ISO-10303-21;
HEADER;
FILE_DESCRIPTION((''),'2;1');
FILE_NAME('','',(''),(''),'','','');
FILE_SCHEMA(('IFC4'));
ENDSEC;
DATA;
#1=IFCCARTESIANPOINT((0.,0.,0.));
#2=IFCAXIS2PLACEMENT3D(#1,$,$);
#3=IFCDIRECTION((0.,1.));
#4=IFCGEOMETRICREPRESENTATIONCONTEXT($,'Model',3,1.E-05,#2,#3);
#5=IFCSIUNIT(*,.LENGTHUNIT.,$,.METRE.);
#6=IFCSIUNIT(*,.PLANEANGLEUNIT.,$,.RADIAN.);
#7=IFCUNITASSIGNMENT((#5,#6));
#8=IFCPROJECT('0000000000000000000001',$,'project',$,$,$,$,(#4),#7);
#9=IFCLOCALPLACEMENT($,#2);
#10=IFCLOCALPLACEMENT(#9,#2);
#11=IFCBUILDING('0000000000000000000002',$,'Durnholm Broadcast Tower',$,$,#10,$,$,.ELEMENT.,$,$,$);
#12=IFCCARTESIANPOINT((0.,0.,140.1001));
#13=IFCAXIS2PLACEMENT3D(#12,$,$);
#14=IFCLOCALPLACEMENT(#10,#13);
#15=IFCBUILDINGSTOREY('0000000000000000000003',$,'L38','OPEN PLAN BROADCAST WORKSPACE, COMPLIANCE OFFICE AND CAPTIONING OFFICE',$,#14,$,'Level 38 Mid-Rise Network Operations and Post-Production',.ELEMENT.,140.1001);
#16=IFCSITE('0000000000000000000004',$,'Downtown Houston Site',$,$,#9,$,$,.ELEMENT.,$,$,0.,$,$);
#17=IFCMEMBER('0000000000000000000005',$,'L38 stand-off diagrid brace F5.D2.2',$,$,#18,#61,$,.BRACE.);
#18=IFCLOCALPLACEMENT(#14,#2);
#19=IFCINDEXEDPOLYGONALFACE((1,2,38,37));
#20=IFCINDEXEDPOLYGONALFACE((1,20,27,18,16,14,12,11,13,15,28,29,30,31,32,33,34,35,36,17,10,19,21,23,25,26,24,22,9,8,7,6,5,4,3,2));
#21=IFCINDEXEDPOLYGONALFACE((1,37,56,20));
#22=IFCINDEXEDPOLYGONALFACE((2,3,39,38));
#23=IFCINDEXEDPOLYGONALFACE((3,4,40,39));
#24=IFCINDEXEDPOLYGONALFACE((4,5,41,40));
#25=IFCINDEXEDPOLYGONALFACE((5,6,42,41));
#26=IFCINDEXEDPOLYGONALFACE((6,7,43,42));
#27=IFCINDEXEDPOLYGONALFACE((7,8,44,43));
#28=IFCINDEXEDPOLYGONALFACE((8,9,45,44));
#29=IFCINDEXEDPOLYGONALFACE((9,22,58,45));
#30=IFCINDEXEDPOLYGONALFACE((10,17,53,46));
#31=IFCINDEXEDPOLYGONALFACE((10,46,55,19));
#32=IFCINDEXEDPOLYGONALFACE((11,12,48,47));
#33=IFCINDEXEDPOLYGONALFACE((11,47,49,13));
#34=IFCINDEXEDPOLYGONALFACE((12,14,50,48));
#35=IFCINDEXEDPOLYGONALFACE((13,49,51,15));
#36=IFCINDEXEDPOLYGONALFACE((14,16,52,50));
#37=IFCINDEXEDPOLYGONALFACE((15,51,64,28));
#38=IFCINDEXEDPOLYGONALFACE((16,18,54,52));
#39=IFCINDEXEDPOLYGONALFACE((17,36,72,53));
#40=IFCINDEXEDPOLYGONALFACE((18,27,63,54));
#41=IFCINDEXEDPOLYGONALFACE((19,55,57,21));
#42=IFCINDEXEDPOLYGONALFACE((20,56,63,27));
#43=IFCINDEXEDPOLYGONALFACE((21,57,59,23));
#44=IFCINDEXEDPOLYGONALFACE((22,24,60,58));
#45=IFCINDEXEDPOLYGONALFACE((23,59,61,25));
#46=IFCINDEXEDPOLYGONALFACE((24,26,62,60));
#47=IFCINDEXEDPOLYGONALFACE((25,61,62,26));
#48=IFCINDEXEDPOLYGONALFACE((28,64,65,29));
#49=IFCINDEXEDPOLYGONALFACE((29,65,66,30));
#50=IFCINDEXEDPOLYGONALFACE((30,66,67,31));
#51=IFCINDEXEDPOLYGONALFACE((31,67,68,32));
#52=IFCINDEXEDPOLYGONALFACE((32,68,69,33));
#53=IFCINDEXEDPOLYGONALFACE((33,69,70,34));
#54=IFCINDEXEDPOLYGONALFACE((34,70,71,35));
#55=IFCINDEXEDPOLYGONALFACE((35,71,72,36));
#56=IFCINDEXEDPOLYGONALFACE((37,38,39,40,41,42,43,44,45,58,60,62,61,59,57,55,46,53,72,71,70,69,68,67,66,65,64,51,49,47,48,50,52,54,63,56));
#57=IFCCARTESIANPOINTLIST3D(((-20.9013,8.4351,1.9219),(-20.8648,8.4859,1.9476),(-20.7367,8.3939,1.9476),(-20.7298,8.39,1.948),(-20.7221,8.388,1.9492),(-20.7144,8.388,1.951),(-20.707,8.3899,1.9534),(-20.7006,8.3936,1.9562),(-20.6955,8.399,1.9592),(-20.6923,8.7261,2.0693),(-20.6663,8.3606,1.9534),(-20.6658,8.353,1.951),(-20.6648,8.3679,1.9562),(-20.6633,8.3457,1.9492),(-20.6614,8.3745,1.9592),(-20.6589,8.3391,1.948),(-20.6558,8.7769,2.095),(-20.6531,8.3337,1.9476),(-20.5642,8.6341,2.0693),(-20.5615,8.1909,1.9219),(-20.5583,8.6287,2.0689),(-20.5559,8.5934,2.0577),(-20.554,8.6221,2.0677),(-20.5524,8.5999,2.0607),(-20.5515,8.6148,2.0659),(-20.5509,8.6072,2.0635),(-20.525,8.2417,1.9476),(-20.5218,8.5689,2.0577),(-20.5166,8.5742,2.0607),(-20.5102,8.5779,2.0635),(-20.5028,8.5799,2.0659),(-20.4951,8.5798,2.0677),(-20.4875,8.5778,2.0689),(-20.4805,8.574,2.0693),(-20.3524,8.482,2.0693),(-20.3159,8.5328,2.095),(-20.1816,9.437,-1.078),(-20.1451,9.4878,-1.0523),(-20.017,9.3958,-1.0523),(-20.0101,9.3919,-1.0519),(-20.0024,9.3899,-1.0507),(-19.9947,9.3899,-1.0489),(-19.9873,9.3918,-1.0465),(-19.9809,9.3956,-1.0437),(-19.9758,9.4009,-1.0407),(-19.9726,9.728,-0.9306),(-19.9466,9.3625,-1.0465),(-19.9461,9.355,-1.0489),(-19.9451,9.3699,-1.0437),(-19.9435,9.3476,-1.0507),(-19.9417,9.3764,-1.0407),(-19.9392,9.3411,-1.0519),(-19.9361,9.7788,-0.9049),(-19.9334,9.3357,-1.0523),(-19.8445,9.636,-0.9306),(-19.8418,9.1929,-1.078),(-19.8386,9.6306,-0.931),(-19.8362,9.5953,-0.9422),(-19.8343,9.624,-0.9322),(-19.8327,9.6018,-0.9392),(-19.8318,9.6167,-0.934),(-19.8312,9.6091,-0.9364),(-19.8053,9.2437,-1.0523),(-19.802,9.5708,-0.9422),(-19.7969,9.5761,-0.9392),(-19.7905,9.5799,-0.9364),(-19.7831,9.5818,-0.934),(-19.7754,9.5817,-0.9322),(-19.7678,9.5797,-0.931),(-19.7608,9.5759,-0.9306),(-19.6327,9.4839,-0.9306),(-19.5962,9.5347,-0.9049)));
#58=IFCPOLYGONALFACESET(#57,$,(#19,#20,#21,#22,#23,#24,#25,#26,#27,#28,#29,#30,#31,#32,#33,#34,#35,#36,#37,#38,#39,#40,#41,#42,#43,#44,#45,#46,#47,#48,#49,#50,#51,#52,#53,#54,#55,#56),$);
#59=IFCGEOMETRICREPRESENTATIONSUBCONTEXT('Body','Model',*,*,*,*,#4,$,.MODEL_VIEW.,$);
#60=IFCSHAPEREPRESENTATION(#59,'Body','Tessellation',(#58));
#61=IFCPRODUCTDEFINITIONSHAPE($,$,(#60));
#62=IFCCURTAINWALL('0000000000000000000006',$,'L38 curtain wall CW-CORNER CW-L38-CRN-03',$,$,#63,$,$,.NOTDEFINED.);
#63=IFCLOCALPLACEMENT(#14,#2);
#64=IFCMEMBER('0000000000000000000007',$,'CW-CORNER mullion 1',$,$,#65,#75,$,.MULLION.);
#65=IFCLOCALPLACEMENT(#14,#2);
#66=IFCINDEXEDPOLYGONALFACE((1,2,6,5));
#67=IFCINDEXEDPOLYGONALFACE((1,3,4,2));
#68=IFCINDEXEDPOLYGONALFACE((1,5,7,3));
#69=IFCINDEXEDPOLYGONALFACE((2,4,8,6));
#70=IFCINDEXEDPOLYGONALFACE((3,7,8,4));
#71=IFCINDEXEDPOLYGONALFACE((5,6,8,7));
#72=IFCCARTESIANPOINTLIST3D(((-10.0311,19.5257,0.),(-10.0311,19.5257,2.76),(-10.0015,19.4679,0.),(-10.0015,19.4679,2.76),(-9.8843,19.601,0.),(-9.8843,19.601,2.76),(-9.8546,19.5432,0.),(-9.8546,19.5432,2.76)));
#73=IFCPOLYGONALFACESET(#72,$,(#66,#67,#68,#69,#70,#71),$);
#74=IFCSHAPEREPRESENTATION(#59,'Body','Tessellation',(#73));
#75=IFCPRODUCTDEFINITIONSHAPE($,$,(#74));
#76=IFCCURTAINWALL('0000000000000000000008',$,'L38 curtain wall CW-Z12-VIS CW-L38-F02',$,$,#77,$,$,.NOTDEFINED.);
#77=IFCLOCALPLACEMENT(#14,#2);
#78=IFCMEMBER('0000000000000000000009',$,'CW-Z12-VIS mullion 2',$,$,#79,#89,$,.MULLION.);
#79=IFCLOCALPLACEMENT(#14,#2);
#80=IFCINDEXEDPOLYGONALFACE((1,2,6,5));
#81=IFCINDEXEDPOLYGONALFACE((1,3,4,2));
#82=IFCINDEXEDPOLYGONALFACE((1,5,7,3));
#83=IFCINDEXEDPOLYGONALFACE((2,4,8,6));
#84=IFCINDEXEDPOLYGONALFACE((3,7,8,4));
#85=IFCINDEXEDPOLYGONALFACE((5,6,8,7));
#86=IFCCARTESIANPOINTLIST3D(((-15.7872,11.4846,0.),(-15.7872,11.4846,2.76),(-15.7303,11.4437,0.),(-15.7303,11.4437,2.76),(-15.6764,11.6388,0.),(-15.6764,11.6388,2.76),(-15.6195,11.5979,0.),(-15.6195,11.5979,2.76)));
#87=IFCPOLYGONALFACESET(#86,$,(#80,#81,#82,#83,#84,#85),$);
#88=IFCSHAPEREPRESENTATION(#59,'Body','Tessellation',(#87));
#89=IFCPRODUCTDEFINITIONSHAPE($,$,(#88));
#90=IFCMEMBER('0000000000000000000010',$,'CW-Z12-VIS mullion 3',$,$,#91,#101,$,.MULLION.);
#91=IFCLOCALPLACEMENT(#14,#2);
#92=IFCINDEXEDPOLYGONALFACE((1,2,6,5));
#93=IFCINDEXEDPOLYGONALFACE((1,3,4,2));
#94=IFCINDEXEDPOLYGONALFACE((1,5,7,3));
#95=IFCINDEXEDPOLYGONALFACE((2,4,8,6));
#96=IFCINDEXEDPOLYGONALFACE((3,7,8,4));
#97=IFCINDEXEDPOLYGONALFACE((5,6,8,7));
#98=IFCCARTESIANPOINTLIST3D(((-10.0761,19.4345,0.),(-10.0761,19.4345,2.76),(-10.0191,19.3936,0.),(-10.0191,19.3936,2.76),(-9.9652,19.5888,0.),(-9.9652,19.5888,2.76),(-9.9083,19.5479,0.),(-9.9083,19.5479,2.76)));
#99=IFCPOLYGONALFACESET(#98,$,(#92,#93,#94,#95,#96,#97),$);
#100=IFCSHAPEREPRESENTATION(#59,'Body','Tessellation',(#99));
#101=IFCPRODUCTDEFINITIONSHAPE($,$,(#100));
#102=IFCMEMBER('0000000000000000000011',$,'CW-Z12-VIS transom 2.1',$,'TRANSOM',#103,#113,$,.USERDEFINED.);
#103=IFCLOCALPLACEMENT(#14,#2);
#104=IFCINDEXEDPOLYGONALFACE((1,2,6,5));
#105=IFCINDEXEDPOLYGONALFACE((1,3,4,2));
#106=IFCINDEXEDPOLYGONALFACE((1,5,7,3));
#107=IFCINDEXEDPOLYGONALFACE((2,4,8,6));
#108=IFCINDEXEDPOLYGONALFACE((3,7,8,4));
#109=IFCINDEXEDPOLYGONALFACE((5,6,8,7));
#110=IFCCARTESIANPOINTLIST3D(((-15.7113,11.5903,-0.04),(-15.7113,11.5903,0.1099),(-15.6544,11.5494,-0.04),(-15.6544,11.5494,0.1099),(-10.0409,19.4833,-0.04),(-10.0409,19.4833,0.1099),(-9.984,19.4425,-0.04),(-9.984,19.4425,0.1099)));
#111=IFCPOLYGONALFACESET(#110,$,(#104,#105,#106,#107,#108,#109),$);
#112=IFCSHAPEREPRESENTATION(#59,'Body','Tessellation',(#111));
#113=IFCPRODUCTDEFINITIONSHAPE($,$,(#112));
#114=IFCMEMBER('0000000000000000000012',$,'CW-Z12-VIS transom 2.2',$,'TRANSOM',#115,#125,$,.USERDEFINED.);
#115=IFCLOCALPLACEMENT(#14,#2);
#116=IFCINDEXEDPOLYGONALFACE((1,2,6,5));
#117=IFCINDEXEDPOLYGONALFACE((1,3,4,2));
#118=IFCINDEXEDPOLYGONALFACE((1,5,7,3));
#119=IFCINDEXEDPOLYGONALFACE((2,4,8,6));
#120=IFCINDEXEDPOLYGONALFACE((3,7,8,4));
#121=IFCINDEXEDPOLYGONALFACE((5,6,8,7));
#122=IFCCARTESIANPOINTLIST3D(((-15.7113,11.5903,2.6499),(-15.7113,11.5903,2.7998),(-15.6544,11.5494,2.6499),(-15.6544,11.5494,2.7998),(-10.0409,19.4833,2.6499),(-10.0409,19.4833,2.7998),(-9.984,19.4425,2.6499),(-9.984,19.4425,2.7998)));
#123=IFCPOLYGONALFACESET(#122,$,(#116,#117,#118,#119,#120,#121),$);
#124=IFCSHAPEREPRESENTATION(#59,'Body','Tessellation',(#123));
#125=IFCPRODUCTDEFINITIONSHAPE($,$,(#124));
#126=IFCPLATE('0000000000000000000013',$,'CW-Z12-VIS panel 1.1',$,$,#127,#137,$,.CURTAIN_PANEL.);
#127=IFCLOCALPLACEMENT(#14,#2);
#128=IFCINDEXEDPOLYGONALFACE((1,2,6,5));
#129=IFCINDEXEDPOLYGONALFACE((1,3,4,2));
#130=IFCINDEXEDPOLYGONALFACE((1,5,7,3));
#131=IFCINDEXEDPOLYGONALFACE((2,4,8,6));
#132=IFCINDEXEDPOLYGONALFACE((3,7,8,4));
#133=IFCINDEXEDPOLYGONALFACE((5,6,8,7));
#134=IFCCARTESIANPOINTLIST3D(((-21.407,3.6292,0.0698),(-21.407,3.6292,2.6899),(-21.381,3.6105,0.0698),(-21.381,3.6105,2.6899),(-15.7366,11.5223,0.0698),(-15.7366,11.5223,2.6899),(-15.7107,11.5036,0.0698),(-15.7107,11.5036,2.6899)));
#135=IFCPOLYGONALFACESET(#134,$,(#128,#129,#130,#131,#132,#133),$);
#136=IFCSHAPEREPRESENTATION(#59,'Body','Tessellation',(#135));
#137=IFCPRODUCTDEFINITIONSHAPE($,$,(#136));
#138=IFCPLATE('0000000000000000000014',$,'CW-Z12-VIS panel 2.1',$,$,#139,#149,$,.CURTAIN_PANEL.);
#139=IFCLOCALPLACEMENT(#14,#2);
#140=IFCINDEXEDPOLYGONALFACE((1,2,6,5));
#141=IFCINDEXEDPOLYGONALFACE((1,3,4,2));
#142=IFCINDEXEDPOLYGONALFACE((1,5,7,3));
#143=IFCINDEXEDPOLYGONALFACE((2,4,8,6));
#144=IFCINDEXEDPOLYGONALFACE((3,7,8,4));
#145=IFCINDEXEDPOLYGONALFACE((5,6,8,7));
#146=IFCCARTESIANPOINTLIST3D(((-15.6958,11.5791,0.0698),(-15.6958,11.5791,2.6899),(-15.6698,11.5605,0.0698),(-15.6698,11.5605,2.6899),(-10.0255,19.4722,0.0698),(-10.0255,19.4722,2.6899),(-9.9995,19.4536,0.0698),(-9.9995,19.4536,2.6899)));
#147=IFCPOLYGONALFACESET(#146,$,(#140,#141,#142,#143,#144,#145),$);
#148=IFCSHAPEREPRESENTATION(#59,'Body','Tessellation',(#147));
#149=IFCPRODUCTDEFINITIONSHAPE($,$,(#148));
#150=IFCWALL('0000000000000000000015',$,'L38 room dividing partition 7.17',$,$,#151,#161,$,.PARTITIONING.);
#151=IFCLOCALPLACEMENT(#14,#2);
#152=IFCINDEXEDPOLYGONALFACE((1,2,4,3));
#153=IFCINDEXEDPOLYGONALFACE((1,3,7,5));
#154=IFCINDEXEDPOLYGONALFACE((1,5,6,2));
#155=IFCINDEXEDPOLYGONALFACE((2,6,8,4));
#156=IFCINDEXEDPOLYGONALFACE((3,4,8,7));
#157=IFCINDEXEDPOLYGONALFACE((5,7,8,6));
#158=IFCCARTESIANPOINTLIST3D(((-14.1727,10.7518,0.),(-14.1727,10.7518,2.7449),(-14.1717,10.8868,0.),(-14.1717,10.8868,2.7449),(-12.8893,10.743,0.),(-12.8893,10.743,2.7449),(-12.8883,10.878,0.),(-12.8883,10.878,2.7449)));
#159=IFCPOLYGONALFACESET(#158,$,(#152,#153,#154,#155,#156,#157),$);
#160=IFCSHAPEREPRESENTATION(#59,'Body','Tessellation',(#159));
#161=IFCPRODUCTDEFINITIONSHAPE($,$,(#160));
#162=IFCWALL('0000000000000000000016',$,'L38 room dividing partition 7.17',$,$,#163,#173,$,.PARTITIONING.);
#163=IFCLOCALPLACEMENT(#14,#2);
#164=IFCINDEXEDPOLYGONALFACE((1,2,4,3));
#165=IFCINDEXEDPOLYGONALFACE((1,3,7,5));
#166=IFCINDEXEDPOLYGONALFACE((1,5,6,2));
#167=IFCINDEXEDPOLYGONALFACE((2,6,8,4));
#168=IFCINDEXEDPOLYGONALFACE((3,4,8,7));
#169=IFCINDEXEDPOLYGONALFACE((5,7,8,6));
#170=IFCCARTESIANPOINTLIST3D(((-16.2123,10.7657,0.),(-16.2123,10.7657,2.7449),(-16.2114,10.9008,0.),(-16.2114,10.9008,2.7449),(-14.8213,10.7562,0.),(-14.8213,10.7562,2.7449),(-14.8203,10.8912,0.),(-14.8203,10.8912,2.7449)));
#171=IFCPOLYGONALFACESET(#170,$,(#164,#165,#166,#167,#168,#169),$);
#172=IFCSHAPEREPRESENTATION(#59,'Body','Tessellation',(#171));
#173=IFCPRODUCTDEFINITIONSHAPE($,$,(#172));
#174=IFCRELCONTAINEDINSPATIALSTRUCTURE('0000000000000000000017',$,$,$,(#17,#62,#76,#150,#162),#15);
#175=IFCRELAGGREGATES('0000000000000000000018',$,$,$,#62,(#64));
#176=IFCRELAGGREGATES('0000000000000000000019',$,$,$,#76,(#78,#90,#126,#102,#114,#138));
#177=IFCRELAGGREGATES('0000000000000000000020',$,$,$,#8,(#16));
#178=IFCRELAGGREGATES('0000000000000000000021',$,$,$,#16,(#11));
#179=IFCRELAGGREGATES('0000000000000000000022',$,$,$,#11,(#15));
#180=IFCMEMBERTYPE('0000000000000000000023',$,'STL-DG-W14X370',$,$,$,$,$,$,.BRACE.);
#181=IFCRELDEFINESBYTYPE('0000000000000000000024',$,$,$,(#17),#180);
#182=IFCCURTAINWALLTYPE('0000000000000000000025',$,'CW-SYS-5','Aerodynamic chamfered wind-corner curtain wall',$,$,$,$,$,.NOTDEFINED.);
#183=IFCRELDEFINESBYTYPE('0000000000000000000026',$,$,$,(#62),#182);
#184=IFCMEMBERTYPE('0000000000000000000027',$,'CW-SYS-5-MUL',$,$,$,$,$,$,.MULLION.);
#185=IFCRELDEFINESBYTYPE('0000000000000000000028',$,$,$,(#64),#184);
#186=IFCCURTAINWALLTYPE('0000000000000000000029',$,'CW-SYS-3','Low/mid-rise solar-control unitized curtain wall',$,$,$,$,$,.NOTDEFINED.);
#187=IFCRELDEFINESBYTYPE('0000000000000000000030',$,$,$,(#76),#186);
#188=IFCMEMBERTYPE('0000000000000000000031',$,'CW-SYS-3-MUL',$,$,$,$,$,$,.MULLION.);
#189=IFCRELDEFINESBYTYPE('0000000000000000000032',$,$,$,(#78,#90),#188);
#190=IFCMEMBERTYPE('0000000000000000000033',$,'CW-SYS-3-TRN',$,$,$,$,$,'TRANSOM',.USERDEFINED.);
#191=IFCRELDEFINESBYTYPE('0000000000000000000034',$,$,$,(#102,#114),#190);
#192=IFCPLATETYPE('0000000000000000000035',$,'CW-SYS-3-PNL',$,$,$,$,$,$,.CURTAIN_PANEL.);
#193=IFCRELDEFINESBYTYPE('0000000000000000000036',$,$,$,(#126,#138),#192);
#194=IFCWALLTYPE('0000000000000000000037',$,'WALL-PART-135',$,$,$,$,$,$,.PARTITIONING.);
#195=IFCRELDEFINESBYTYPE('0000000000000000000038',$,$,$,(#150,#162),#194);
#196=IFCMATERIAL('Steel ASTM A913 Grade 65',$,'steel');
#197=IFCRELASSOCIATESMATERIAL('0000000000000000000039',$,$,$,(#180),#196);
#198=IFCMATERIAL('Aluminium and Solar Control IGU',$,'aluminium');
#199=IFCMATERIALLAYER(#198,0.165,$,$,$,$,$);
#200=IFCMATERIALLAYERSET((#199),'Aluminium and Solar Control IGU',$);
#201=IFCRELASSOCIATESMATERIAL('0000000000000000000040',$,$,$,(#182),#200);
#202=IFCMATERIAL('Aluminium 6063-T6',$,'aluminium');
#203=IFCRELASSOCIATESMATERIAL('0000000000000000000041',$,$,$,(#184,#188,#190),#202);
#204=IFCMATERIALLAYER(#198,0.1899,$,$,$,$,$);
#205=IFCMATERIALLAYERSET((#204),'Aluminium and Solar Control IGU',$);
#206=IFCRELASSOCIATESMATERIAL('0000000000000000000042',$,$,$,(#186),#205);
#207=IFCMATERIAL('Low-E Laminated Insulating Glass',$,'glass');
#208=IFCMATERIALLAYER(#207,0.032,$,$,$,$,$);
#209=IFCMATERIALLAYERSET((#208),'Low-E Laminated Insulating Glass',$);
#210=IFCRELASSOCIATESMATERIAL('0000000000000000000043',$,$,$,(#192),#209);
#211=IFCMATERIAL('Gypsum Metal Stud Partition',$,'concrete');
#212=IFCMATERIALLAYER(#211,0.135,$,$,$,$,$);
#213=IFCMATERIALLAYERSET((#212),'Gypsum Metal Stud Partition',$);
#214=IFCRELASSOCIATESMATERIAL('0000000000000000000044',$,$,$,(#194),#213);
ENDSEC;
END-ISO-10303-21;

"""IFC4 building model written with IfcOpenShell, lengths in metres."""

from ifc_helpers import new_model, si_unit, direction, frame, frame_2d, origin, origin_2d, place, context, subcontext, project, spatial, rectangle, i_section, extrude, source, transform, mapped, material, layer, layer_set, material_profile, profile_set, type_object, type_shapes, element, aggregate, save


model = new_model("IFC4")

# Units and contexts
model_context = context("Model", 3, precision=1e-05, world=origin(), true_north=direction((0.0, 1.0)))
body_context = subcontext(model_context, "Body", "Model", "MODEL_VIEW")
ifc_project = project(units=[si_unit("LENGTHUNIT", "METRE"), si_unit("PLANEANGLEUNIT", "RADIAN")], contexts=[model_context])

# Site, building, storey
site_placement = place(None, origin())
site = spatial("IfcSite", under=ifc_project, at=site_placement, Name="Downtown Houston Site", CompositionType="ELEMENT", RefElevation=0.0)
building_placement = place(site_placement, origin())
building = spatial("IfcBuilding", under=site, at=building_placement, Name="Durnholm Broadcast Tower", CompositionType="ELEMENT")
storey_placement = place(building_placement, frame((0.0, 0.0, 140.1001)))
storey = spatial("IfcBuildingStorey", under=building, at=storey_placement, Name="L38", Description="OPEN PLAN BROADCAST WORKSPACE, COMPLIANCE OFFICE AND CAPTIONING OFFICE", LongName="Level 38 Mid-Rise Network Operations and Post-Production", CompositionType="ELEMENT", Elevation=140.1001)

# Member
ifc_material_1 = material(Name="Steel ASTM A913 Grade 65", Category="steel")
ifc_material_profile_1 = material_profile(ifc_material_1, i_section(OverallWidth=0.4185, OverallDepth=0.4551, WebThickness=0.042, FlangeThickness=0.0676, FilletRadius=0.0305, at=origin_2d()), Name="W14X370")
ifc_profile_set_1 = profile_set([ifc_material_profile_1], Name="Steel ASTM A913 Grade 65")
member_type_1 = type_object("IfcMemberType", Name="STL-DG-W14X370", PredefinedType="BRACE", material=ifc_profile_set_1)
shared_shape_1 = source(origin(), body_context, "Body", "SweptSolid", [
    extrude(i_section(OverallWidth=0.4185, OverallDepth=0.4551, WebThickness=0.042, FlangeThickness=0.0676, FilletRadius=0.0305, at=origin_2d()), origin(), (0.0, 0.0, 1.0), 3.2437),
])
for number, where, z_axis, x_axis, name in (
    (1, (-19.8889, 9.4858, -0.9915), (-0.221881, -0.308887, 0.924855), (0.812179, -0.583408, 0.0), "L38 stand-off diagrid brace F5.D2.2"),
):
    element("IfcMember", number, at=place(storey_placement, frame(where, z_axis=z_axis, x_axis=x_axis)), inside=storey, type_object=member_type_1, Name=name, PredefinedType="BRACE", context=body_context, shape_type="MappedRepresentation", body=[
        mapped(shared_shape_1, transform((0.0, 0.0, 0.0), x_axis=(1.0, 0.0, 0.0), y_axis=(0.0, 1.0, 0.0), z_axis=(0.0, 0.0, 1.0), scale=1.0)),
    ])

# Curtain wall, member
ifc_material_2 = material(Name="Aluminium and Solar Control IGU", Category="aluminium")
ifc_layer_1 = layer(ifc_material_2, 0.165)
ifc_layer_set_1 = layer_set([ifc_layer_1], Name="Aluminium and Solar Control IGU")
curtain_wall_type_1 = type_object("IfcCurtainWallType", Name="CW-SYS-5", Description="Aerodynamic chamfered wind-corner curtain wall", PredefinedType="NOTDEFINED", material=ifc_layer_set_1)
curtain_wall_1_placement = place(storey_placement, origin())
curtain_wall_1 = element("IfcCurtainWall", 2, at=curtain_wall_1_placement, inside=storey, type_object=curtain_wall_type_1, Name="L38 curtain wall CW-CORNER CW-L38-CRN-03", PredefinedType="NOTDEFINED")
ifc_material_3 = material(Name="Aluminium 6063-T6", Category="aluminium")
ifc_material_profile_2 = material_profile(ifc_material_3, rectangle(XDim=0.0649, YDim=0.165, at=origin_2d()), Name="CWM65X165")
ifc_profile_set_2 = profile_set([ifc_material_profile_2], Name="Aluminium 6063-T6")
member_type_2 = type_object("IfcMemberType", Name="CW-SYS-5-MUL", PredefinedType="MULLION", material=ifc_profile_set_2)
shared_shape_2 = source(origin(), body_context, "Body", "SweptSolid", [
    extrude(rectangle(XDim=0.0649, YDim=0.165, at=origin_2d()), origin(), (0.0, 0.0, 1.0), 2.76),
])
type_shapes(member_type_2, [shared_shape_2])
member_1_placement = place(storey_placement, frame((-9.9429, 19.5344, 0.0), z_axis=(0.0, 0.0, 1.0), x_axis=(-0.456373, 0.889788, 0.0)))
member_1 = element("IfcMember", 3, at=member_1_placement, type_object=member_type_2, Name="CW-CORNER mullion 1", PredefinedType="MULLION", context=body_context, shape_type="MappedRepresentation", body=[
    mapped(shared_shape_2, transform((0.0, 0.0, 0.0), x_axis=(1.0, 0.0, 0.0), y_axis=(0.0, 1.0, 0.0), z_axis=(0.0, 0.0, 1.0), scale=1.0)),
])
aggregate(curtain_wall_1, [member_1])

# Curtain wall, members, plates
ifc_layer_2 = layer(ifc_material_2, 0.1899)
ifc_layer_set_2 = layer_set([ifc_layer_2], Name="Aluminium and Solar Control IGU")
curtain_wall_type_2 = type_object("IfcCurtainWallType", Name="CW-SYS-3", Description="Low/mid-rise solar-control unitized curtain wall", PredefinedType="NOTDEFINED", material=ifc_layer_set_2)
curtain_wall_2_placement = place(storey_placement, origin())
curtain_wall_2 = element("IfcCurtainWall", 4, at=curtain_wall_2_placement, inside=storey, type_object=curtain_wall_type_2, Name="L38 curtain wall CW-Z12-VIS CW-L38-F02", PredefinedType="NOTDEFINED")
ifc_material_profile_3 = material_profile(ifc_material_3, rectangle(XDim=0.0701, YDim=0.1899, at=origin_2d()), Name="CWM70X190")
ifc_profile_set_3 = profile_set([ifc_material_profile_3], Name="Aluminium 6063-T6")
member_type_3 = type_object("IfcMemberType", Name="CW-SYS-3-MUL", PredefinedType="MULLION", material=ifc_profile_set_3)
shared_shape_3 = source(origin(), body_context, "Body", "SweptSolid", [
    extrude(rectangle(XDim=0.0701, YDim=0.1899, at=origin_2d()), origin(), (0.0, 0.0, 1.0), 2.76),
])
type_shapes(member_type_3, [shared_shape_3])
member_2_placement = place(storey_placement, frame((-15.7034, 11.5413, 0.0), z_axis=(0.0, 0.0, 1.0), x_axis=(-0.812152, 0.583445, 0.0)))
member_2 = element("IfcMember", 5, at=member_2_placement, type_object=member_type_3, Name="CW-Z12-VIS mullion 2", PredefinedType="MULLION", context=body_context, shape_type="MappedRepresentation", body=[
    mapped(shared_shape_3, transform((0.0, 0.0, 0.0), x_axis=(1.0, 0.0, 0.0), y_axis=(0.0, 1.0, 0.0), z_axis=(0.0, 0.0, 1.0), scale=1.0)),
])
member_3_placement = place(storey_placement, frame((-9.9922, 19.4912, 0.0), z_axis=(0.0, 0.0, 1.0), x_axis=(-0.812152, 0.583445, 0.0)))
member_3 = element("IfcMember", 6, at=member_3_placement, type_object=member_type_3, Name="CW-Z12-VIS mullion 3", PredefinedType="MULLION", context=body_context, shape_type="MappedRepresentation", body=[
    mapped(shared_shape_3, transform((0.0, 0.0, 0.0), x_axis=(1.0, 0.0, 0.0), y_axis=(0.0, 1.0, 0.0), z_axis=(0.0, 0.0, 1.0), scale=1.0)),
])
ifc_material_profile_4 = material_profile(ifc_material_3, rectangle(XDim=0.0701, YDim=0.1499, at=origin_2d()), Name="CWT70X150")
ifc_profile_set_4 = profile_set([ifc_material_profile_4], Name="Aluminium 6063-T6")
member_type_4 = type_object("IfcMemberType", Name="CW-SYS-3-TRN", ElementType="TRANSOM", PredefinedType="USERDEFINED", material=ifc_profile_set_4)
shared_shape_4 = source(origin(), body_context, "Body", "SweptSolid", [
    extrude(rectangle(XDim=0.0701, YDim=0.1499, at=origin_2d()), origin(), (0.0, 0.0, 1.0), 9.7188),
])
type_shapes(member_type_4, [shared_shape_4])
member_4_placement = place(storey_placement, frame((-15.6829, 11.5698, 0.0349), z_axis=(0.583451, 0.812149, 0.0), x_axis=(-0.812149, 0.583451, 0.0)))
member_4 = element("IfcMember", 7, at=member_4_placement, type_object=member_type_4, Name="CW-Z12-VIS transom 2.1", ObjectType="TRANSOM", PredefinedType="USERDEFINED", context=body_context, shape_type="MappedRepresentation", body=[
    mapped(shared_shape_4, transform((0.0, 0.0, 0.0), x_axis=(1.0, 0.0, 0.0), y_axis=(0.0, 1.0, 0.0), z_axis=(0.0, 0.0, 1.0), scale=1.0)),
])
member_5_placement = place(storey_placement, frame((-15.6829, 11.5698, 2.7249), z_axis=(0.583451, 0.812149, 0.0), x_axis=(-0.812149, 0.583451, 0.0)))
member_5 = element("IfcMember", 8, at=member_5_placement, type_object=member_type_4, Name="CW-Z12-VIS transom 2.2", ObjectType="TRANSOM", PredefinedType="USERDEFINED", context=body_context, shape_type="MappedRepresentation", body=[
    mapped(shared_shape_4, transform((0.0, 0.0, 0.0), x_axis=(1.0, 0.0, 0.0), y_axis=(0.0, 1.0, 0.0), z_axis=(0.0, 0.0, 1.0), scale=1.0)),
])
ifc_material_4 = material(Name="Low-E Laminated Insulating Glass", Category="glass")
ifc_layer_3 = layer(ifc_material_4, 0.032)
ifc_layer_set_3 = layer_set([ifc_layer_3], Name="Low-E Laminated Insulating Glass")
plate_type = type_object("IfcPlateType", Name="CW-SYS-3-PNL", PredefinedType="CURTAIN_PANEL", material=ifc_layer_set_3)
shared_shape_5 = source(origin(), body_context, "Body", "SweptSolid", [
    extrude(rectangle(XDim=9.7188, YDim=0.032, at=origin_2d()), origin(), (0.0, 0.0, 1.0), 2.6201),
])
type_shapes(plate_type, [shared_shape_5])
plate_1_placement = place(storey_placement, frame((-18.5588, 7.5664, 0.0698), z_axis=(0.0, 0.0, 1.0), x_axis=(0.583445, 0.812152, 0.0)))
plate_1 = element("IfcPlate", 9, at=plate_1_placement, type_object=plate_type, Name="CW-Z12-VIS panel 1.1", PredefinedType="CURTAIN_PANEL", context=body_context, shape_type="MappedRepresentation", body=[
    mapped(shared_shape_5, transform((0.0, 0.0, 0.0), x_axis=(1.0, 0.0, 0.0), y_axis=(0.0, 1.0, 0.0), z_axis=(0.0, 0.0, 1.0), scale=1.0)),
])
plate_2_placement = place(storey_placement, frame((-12.8477, 15.5164, 0.0698), z_axis=(0.0, 0.0, 1.0), x_axis=(0.583445, 0.812152, 0.0)))
plate_2 = element("IfcPlate", 10, at=plate_2_placement, type_object=plate_type, Name="CW-Z12-VIS panel 2.1", PredefinedType="CURTAIN_PANEL", context=body_context, shape_type="MappedRepresentation", body=[
    mapped(shared_shape_5, transform((0.0, 0.0, 0.0), x_axis=(1.0, 0.0, 0.0), y_axis=(0.0, 1.0, 0.0), z_axis=(0.0, 0.0, 1.0), scale=1.0)),
])
aggregate(curtain_wall_2, [member_2, member_3, plate_1, member_4, member_5, plate_2])

# Walls
ifc_material_5 = material(Name="Gypsum Metal Stud Partition", Category="concrete")
ifc_layer_4 = layer(ifc_material_5, 0.135)
ifc_layer_set_4 = layer_set([ifc_layer_4], Name="Gypsum Metal Stud Partition")
wall_type_1 = type_object("IfcWallType", Name="WALL-PART-135", PredefinedType="PARTITIONING", material=ifc_layer_set_4)
wall_1_placement = place(storey_placement, frame((-12.8889, 10.8105, 0.0), z_axis=(0.0, 0.0, 1.0), x_axis=(-0.999977, 0.006848, 0.0)))
element("IfcWall", 11, at=wall_1_placement, inside=storey, type_object=wall_type_1, Name="L38 room dividing partition 7.17", PredefinedType="PARTITIONING", context=body_context, shape_type="SweptSolid", body=[
    extrude(rectangle(XDim=1.2834, YDim=0.135, at=frame_2d((0.6416, 0.0))), origin(), (0.0, 0.0, 1.0), 2.7449),
])
wall_2_placement = place(storey_placement, frame((-14.8208, 10.8237, 0.0), z_axis=(0.0, 0.0, 1.0), x_axis=(-0.999977, 0.006844, 0.0)))
element("IfcWall", 12, at=wall_2_placement, inside=storey, type_object=wall_type_1, Name="L38 room dividing partition 7.17", PredefinedType="PARTITIONING", context=body_context, shape_type="SweptSolid", body=[
    extrude(rectangle(XDim=1.3911, YDim=0.135, at=frame_2d((0.6956, 0.0))), origin(), (0.0, 0.0, 1.0), 2.7449),
])

save(model, "model.ifc")
